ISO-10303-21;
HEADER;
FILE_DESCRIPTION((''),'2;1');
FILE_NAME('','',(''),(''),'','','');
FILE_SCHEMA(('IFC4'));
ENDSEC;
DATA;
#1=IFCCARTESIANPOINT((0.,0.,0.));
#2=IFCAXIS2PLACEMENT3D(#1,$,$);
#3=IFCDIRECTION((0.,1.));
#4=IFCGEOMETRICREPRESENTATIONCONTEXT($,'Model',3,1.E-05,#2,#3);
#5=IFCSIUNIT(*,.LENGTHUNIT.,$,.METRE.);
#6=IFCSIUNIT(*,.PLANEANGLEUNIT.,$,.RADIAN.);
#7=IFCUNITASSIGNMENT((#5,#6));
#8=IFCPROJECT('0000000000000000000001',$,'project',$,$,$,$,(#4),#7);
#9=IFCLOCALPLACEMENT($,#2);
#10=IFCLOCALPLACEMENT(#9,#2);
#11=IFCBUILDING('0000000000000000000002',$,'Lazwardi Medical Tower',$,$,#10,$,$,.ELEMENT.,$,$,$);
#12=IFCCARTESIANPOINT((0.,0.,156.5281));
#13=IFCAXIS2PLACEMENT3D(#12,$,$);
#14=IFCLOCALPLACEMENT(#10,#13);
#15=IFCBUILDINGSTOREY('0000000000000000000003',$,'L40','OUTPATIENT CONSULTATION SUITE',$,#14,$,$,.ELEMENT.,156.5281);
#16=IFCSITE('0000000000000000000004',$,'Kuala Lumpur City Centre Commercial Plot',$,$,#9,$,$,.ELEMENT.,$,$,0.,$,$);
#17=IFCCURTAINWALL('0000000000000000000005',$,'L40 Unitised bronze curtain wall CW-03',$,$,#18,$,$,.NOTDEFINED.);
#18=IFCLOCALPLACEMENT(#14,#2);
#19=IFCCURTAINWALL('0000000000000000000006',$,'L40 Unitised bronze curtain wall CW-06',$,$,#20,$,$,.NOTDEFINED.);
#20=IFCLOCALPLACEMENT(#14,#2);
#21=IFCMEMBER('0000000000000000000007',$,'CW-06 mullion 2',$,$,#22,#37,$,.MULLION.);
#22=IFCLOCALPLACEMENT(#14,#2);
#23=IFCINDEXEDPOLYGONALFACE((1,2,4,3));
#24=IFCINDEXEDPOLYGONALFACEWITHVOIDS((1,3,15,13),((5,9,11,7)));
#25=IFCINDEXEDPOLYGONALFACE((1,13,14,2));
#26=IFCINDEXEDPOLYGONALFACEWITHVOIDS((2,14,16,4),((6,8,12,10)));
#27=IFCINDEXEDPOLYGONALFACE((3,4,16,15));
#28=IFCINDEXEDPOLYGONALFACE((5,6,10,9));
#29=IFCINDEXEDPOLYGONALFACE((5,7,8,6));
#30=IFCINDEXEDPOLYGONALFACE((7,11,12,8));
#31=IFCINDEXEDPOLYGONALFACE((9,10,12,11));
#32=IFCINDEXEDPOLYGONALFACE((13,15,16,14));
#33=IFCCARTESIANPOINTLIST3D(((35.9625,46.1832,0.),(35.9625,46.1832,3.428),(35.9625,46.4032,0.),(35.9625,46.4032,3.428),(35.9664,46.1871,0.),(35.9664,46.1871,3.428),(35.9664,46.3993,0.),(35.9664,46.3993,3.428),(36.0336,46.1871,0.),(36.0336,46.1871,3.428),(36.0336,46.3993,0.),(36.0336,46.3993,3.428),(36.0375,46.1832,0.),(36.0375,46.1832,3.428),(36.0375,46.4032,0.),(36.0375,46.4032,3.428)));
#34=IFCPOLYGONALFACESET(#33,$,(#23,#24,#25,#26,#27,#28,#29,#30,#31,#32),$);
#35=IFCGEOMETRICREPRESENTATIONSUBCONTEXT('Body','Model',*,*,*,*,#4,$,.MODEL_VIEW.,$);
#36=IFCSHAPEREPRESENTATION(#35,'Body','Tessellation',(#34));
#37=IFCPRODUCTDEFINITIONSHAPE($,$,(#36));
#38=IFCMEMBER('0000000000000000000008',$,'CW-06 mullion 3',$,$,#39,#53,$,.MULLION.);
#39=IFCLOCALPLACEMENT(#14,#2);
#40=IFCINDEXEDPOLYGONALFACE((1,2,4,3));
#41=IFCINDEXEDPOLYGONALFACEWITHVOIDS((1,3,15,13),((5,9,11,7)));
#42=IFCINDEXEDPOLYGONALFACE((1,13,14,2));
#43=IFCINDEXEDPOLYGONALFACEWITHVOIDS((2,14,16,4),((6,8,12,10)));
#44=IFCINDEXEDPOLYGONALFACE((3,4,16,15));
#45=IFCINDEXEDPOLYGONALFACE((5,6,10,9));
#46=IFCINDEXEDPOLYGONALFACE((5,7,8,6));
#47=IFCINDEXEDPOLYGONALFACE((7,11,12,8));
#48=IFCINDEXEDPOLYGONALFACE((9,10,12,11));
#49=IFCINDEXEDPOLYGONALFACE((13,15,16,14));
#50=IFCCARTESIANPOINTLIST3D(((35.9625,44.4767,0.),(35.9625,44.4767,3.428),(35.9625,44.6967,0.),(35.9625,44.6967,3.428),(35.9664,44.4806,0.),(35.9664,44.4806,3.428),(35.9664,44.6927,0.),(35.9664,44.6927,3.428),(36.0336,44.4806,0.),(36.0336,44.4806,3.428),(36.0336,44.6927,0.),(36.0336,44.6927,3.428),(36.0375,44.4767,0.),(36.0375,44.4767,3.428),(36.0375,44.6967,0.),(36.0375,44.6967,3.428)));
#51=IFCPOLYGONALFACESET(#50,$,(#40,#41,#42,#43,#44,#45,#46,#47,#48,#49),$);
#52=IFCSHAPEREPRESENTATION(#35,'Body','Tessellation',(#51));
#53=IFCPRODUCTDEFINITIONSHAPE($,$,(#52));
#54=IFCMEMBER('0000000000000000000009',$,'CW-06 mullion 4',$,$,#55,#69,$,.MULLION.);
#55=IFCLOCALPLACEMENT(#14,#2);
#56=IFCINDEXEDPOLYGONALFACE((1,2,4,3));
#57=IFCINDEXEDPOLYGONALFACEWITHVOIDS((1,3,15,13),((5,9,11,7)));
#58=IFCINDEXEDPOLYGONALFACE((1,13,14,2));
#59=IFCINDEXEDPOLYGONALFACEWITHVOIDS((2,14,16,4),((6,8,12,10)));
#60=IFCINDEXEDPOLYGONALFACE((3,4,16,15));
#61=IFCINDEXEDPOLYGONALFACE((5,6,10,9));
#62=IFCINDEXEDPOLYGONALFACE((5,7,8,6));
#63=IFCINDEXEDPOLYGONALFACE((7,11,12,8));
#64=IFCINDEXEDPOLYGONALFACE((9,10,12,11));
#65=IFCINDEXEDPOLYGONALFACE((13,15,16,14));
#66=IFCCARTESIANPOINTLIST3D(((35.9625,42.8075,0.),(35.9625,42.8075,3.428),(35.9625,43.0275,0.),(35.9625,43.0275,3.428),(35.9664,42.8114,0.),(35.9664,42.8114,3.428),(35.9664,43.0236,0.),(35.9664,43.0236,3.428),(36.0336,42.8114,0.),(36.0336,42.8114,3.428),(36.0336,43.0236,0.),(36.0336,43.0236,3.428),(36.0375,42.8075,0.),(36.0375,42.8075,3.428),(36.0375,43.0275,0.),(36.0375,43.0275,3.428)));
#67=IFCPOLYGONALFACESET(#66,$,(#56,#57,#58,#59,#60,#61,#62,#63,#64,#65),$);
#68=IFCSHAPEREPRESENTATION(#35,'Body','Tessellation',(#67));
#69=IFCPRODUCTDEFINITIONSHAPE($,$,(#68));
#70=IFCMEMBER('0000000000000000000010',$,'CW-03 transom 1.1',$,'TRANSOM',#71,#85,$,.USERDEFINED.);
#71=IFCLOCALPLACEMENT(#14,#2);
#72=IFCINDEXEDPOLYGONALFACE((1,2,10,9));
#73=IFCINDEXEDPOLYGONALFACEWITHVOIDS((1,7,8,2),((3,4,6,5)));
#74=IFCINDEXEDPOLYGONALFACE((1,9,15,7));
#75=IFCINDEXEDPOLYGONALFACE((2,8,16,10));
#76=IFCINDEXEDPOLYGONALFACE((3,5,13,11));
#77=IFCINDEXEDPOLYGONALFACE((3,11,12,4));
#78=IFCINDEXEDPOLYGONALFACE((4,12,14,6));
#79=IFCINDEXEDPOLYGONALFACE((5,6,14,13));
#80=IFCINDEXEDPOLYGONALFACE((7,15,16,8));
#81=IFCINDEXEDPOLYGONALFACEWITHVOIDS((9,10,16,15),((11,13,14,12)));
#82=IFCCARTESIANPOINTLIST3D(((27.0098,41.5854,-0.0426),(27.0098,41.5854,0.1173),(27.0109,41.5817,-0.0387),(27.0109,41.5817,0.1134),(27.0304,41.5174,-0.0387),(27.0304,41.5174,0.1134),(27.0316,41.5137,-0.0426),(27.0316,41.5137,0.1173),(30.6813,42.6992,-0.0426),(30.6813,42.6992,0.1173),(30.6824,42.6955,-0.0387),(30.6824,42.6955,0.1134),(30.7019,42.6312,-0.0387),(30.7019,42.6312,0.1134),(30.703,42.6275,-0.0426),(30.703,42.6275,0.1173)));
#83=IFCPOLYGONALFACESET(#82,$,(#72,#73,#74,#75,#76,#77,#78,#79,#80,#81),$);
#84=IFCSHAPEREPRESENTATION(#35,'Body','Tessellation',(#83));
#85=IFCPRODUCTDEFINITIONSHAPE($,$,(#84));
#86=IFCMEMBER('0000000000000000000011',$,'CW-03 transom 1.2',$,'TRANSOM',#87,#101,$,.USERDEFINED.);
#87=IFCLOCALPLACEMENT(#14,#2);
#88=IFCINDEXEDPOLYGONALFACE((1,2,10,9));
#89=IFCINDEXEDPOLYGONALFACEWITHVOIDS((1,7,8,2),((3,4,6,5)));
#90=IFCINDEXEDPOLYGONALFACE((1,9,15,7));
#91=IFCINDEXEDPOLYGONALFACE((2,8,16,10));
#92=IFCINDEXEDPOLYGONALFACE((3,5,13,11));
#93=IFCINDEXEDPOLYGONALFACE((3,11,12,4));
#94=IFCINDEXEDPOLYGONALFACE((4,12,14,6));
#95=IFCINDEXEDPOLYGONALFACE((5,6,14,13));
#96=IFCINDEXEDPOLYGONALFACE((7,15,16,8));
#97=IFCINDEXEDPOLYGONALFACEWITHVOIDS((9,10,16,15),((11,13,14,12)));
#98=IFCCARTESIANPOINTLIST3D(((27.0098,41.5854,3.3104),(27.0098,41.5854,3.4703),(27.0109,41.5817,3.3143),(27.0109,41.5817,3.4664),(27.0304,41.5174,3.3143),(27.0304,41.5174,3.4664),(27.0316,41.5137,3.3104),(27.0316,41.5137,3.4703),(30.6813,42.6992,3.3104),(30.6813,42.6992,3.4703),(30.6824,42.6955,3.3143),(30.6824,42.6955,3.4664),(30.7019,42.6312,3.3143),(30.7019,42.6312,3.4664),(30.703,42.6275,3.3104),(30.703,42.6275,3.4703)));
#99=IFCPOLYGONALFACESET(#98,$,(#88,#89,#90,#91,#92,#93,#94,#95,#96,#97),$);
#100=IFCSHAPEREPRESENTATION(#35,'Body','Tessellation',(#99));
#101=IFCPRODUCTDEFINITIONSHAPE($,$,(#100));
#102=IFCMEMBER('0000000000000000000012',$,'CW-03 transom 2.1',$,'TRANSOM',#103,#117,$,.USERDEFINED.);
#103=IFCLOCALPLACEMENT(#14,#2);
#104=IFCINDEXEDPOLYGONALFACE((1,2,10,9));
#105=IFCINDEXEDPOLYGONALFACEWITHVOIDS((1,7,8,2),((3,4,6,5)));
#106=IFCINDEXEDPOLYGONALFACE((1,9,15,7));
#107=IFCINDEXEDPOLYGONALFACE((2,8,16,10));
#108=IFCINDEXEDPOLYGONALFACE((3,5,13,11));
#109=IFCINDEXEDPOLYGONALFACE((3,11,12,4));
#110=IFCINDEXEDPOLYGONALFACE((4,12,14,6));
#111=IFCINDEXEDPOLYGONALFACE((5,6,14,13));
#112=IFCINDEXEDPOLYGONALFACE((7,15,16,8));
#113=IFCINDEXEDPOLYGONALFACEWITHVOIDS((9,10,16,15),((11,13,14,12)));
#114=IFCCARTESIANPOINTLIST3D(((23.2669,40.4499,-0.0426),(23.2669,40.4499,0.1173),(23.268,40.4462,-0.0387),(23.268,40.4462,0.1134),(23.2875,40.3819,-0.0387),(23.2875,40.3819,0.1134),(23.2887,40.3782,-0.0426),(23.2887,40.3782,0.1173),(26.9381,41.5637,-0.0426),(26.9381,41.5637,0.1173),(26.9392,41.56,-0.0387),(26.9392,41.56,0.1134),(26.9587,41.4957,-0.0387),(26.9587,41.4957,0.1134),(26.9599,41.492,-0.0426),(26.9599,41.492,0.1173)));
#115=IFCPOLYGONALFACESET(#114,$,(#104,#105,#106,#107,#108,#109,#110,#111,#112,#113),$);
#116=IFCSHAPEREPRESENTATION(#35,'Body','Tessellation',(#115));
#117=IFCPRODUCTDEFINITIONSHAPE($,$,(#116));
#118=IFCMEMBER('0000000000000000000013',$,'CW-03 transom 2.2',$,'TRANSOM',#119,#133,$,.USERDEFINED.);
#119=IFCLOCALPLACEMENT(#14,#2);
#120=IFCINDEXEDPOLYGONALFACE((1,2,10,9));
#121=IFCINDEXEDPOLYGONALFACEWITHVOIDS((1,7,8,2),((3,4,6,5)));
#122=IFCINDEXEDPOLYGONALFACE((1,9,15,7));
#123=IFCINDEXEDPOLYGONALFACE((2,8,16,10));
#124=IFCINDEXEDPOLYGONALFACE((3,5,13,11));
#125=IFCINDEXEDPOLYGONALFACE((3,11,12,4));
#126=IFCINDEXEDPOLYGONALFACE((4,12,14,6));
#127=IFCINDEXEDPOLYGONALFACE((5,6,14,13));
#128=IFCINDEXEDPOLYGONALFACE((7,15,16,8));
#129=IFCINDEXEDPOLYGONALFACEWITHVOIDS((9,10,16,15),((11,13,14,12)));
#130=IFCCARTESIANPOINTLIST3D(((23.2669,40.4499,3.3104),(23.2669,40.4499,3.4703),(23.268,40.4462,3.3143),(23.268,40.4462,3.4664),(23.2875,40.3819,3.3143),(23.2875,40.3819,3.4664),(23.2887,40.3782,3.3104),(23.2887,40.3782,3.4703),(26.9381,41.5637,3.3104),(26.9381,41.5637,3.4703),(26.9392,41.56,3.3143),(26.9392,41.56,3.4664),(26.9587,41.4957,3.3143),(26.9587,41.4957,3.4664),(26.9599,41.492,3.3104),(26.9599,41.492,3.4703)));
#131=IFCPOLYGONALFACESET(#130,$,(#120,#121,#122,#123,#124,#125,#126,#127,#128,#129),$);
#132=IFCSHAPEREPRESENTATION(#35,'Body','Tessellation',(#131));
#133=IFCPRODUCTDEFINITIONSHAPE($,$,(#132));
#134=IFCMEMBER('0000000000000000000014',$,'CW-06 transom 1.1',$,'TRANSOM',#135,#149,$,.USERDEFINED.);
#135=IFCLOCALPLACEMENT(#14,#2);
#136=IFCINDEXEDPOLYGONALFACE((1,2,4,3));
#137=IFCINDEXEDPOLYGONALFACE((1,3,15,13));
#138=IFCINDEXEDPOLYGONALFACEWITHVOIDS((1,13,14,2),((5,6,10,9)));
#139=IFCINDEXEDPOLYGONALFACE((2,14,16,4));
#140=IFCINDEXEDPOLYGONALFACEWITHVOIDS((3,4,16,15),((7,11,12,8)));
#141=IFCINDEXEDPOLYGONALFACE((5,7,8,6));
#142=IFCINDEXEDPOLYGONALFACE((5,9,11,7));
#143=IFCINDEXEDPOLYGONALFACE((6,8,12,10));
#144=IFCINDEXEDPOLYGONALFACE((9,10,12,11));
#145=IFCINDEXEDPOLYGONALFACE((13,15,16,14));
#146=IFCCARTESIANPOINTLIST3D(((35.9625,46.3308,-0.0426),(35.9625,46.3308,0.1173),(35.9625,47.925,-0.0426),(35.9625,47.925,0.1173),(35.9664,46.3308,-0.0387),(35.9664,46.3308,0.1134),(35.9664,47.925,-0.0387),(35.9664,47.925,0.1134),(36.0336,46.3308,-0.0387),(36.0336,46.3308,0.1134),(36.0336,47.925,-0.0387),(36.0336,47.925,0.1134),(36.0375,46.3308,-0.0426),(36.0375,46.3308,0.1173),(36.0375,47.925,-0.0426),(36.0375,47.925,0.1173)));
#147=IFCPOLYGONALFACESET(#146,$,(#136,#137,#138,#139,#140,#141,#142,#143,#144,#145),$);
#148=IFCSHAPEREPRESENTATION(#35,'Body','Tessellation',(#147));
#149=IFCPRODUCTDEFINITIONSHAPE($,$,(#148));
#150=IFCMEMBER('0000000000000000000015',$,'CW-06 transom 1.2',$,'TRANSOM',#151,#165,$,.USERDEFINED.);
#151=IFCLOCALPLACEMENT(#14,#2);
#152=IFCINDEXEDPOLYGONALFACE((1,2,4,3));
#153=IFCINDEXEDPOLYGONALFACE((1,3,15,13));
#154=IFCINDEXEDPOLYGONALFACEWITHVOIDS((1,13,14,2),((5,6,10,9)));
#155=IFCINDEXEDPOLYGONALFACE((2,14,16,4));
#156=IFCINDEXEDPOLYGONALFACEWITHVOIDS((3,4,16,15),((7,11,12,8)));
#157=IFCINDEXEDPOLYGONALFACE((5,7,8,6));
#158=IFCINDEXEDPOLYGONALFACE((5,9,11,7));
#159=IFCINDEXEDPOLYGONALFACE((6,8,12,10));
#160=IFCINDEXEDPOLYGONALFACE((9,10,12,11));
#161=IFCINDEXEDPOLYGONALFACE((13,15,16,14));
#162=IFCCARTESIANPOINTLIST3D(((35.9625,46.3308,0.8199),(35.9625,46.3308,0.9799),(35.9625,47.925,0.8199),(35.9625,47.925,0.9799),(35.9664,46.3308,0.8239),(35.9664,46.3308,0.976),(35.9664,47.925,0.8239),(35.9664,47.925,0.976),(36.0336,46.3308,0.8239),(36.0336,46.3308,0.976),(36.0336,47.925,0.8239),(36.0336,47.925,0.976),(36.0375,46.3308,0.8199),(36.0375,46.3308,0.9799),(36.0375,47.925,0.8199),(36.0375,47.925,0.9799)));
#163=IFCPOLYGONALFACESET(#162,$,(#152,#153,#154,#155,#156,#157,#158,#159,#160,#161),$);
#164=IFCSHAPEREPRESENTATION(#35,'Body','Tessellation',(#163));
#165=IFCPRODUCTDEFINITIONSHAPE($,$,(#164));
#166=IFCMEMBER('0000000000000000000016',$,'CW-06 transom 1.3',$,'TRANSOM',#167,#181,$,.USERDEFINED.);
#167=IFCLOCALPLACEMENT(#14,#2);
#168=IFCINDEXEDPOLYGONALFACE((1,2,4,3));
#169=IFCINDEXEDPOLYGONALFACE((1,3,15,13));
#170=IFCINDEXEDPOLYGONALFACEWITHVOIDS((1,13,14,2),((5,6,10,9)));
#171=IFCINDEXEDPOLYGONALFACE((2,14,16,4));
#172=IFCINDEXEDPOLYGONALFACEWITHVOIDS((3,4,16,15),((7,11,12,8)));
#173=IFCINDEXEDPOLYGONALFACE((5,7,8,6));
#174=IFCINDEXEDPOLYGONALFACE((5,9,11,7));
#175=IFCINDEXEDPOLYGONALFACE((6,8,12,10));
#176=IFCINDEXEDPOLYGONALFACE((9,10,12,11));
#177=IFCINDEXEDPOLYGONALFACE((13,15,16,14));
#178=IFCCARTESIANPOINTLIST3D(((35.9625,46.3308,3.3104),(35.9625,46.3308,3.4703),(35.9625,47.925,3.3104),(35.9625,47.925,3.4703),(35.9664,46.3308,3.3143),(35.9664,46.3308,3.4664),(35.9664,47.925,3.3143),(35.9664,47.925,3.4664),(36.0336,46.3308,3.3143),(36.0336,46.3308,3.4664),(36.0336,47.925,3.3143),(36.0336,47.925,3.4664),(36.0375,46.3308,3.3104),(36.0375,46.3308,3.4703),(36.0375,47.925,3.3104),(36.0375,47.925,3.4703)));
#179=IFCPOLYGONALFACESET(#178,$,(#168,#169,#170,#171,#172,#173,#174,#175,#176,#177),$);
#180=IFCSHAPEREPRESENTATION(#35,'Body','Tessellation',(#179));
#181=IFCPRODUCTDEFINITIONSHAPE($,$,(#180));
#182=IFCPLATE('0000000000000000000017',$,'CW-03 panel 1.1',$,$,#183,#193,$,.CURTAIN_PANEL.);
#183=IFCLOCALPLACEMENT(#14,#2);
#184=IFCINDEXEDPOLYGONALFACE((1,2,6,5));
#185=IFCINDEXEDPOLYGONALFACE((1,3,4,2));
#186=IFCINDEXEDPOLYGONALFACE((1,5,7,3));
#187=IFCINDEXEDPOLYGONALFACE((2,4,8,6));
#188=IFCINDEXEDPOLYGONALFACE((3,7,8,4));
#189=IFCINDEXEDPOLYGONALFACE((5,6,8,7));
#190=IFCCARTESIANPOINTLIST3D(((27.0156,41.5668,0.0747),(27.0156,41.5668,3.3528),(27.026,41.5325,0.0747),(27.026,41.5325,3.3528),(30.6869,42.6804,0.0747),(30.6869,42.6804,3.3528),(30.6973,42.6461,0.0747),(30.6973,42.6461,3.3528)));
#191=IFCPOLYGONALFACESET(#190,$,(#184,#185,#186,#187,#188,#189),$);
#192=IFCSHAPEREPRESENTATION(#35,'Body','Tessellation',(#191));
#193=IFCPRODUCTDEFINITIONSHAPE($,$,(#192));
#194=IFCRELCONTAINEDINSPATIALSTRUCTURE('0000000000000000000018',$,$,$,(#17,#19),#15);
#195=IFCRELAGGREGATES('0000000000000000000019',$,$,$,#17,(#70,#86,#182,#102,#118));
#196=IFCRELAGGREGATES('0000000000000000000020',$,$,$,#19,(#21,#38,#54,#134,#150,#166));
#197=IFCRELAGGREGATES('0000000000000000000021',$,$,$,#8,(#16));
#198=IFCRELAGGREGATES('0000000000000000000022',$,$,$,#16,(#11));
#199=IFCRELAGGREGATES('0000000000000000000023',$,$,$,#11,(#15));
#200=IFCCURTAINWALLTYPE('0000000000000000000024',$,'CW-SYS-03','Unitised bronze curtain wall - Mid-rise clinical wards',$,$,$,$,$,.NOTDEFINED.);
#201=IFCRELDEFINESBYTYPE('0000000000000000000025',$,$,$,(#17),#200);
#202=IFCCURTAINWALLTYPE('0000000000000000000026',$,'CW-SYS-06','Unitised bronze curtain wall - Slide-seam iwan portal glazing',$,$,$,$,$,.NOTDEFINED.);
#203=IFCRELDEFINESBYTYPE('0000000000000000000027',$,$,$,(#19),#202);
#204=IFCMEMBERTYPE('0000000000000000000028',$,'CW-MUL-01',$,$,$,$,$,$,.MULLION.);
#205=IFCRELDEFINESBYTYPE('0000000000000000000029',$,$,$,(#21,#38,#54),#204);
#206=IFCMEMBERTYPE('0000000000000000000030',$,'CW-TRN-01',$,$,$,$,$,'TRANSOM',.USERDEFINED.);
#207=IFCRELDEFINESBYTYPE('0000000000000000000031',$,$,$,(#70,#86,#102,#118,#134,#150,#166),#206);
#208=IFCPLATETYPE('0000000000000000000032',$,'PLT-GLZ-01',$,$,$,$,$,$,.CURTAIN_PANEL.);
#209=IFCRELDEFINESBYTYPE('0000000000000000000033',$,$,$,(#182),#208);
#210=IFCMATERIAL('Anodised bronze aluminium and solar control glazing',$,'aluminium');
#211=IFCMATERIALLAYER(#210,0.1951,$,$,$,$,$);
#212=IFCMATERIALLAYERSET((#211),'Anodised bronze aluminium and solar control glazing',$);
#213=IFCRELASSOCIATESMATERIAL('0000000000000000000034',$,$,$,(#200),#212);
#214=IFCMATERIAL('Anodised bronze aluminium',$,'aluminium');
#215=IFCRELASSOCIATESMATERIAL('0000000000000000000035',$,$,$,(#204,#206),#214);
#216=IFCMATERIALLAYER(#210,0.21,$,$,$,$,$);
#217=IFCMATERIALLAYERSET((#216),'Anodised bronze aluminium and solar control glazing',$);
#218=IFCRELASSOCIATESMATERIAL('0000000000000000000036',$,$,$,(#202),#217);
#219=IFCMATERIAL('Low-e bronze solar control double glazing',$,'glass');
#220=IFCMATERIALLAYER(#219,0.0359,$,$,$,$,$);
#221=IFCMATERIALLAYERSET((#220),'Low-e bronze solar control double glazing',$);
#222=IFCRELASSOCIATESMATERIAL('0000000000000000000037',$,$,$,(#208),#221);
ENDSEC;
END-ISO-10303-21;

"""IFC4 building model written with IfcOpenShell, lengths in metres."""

from ifc_helpers import new_model, si_unit, direction, frame, origin, origin_2d, place, context, subcontext, project, spatial, rectangle, hollow_rectangle, extrude, material, layer, layer_set, material_profile, profile_set, type_object, element, aggregate, save


model = new_model("IFC4")

# Units and contexts
model_context = context("Model", 3, precision=1e-05, world=origin(), true_north=direction((0.0, 1.0)))
body_context = subcontext(model_context, "Body", "Model", "MODEL_VIEW")
ifc_project = project(units=[si_unit("LENGTHUNIT", "METRE"), si_unit("PLANEANGLEUNIT", "RADIAN")], contexts=[model_context])

# Site, building, storey
site_placement = place(None, origin())
site = spatial("IfcSite", under=ifc_project, at=site_placement, Name="Kuala Lumpur City Centre Commercial Plot", CompositionType="ELEMENT", RefElevation=0.0)
building_placement = place(site_placement, origin())
building = spatial("IfcBuilding", under=site, at=building_placement, Name="Lazwardi Medical Tower", CompositionType="ELEMENT")
storey_placement = place(building_placement, frame((0.0, 0.0, 156.5281)))
storey = spatial("IfcBuildingStorey", under=building, at=storey_placement, Name="L40", Description="OUTPATIENT CONSULTATION SUITE", CompositionType="ELEMENT", Elevation=156.5281)

# Curtain walls, members
ifc_material_1 = material(Name="Anodised bronze aluminium and solar control glazing", Category="aluminium")
ifc_layer_1 = layer(ifc_material_1, 0.1951)
ifc_layer_set_1 = layer_set([ifc_layer_1], Name="Anodised bronze aluminium and solar control glazing")
curtain_wall_type_1 = type_object("IfcCurtainWallType", Name="CW-SYS-03", Description="Unitised bronze curtain wall - Mid-rise clinical wards", PredefinedType="NOTDEFINED", material=ifc_layer_set_1)
curtain_wall_1_placement = place(storey_placement, origin())
curtain_wall_1 = element("IfcCurtainWall", 1, at=curtain_wall_1_placement, inside=storey, type_object=curtain_wall_type_1, Name="L40 Unitised bronze curtain wall CW-03", PredefinedType="NOTDEFINED")
ifc_material_2 = material(Name="Anodised bronze aluminium", Category="aluminium")
ifc_material_profile_1 = material_profile(ifc_material_2, hollow_rectangle(XDim=0.075, YDim=0.22, WallThickness=0.0039, at=origin_2d()), Name="ALU-MULLION 220x75x4")
ifc_profile_set_1 = profile_set([ifc_material_profile_1], Name="Anodised bronze aluminium")
member_type_1 = type_object("IfcMemberType", Name="CW-MUL-01", PredefinedType="MULLION", material=ifc_profile_set_1)
ifc_layer_2 = layer(ifc_material_1, 0.21)
ifc_layer_set_2 = layer_set([ifc_layer_2], Name="Anodised bronze aluminium and solar control glazing")
curtain_wall_type_2 = type_object("IfcCurtainWallType", Name="CW-SYS-06", Description="Unitised bronze curtain wall - Slide-seam iwan portal glazing", PredefinedType="NOTDEFINED", material=ifc_layer_set_2)
curtain_wall_2_placement = place(storey_placement, origin())
curtain_wall_2 = element("IfcCurtainWall", 2, at=curtain_wall_2_placement, inside=storey, type_object=curtain_wall_type_2, Name="L40 Unitised bronze curtain wall CW-06", PredefinedType="NOTDEFINED")
member_1_placement = place(storey_placement, frame((36.0, 46.2932, 0.0), z_axis=(0.0, 0.0, 1.0), x_axis=(1.0, 0.0, 0.0)))
member_1 = element("IfcMember", 3, at=member_1_placement, type_object=member_type_1, Name="CW-06 mullion 2", PredefinedType="MULLION", context=body_context, shape_type="SweptSolid", body=[
    extrude(hollow_rectangle(XDim=0.075, YDim=0.22, WallThickness=0.0039, at=origin_2d()), origin(), (0.0, 0.0, 1.0), 3.428),
])
member_2_placement = place(storey_placement, frame((36.0, 44.5867, 0.0), z_axis=(0.0, 0.0, 1.0), x_axis=(1.0, 0.0, 0.0)))
member_2 = element("IfcMember", 4, at=member_2_placement, type_object=member_type_1, Name="CW-06 mullion 3", PredefinedType="MULLION", context=body_context, shape_type="SweptSolid", body=[
    extrude(hollow_rectangle(XDim=0.075, YDim=0.22, WallThickness=0.0039, at=origin_2d()), origin(), (0.0, 0.0, 1.0), 3.428),
])
member_3_placement = place(storey_placement, frame((36.0, 42.9175, 0.0), z_axis=(0.0, 0.0, 1.0), x_axis=(1.0, 0.0, 0.0)))
member_3 = element("IfcMember", 5, at=member_3_placement, type_object=member_type_1, Name="CW-06 mullion 4", PredefinedType="MULLION", context=body_context, shape_type="SweptSolid", body=[
    extrude(hollow_rectangle(XDim=0.075, YDim=0.22, WallThickness=0.0039, at=origin_2d()), origin(), (0.0, 0.0, 1.0), 3.428),
])

# Members
ifc_material_profile_2 = material_profile(ifc_material_2, hollow_rectangle(XDim=0.075, YDim=0.1599, WallThickness=0.0039, at=origin_2d()), Name="ALU-TRANSOM 160x75x4")
ifc_profile_set_2 = profile_set([ifc_material_profile_2], Name="Anodised bronze aluminium")
member_type_2 = type_object("IfcMemberType", Name="CW-TRN-01", ElementType="TRANSOM", PredefinedType="USERDEFINED", material=ifc_profile_set_2)
member_4_placement = place(storey_placement, frame((30.6921, 42.6633, 0.0374), z_axis=(-0.956936, -0.290301, 0.0), x_axis=(0.290301, -0.956936, 0.0)))
member_4 = element("IfcMember", 6, at=member_4_placement, type_object=member_type_2, Name="CW-03 transom 1.1", ObjectType="TRANSOM", PredefinedType="USERDEFINED", context=body_context, shape_type="SweptSolid", body=[
    extrude(hollow_rectangle(XDim=0.075, YDim=0.1599, WallThickness=0.0039, at=origin_2d()), origin(), (0.0, 0.0, 1.0), 3.8367),
])
member_5_placement = place(storey_placement, frame((30.6921, 42.6633, 3.3904), z_axis=(-0.956936, -0.290301, 0.0), x_axis=(0.290301, -0.956936, 0.0)))
member_5 = element("IfcMember", 7, at=member_5_placement, type_object=member_type_2, Name="CW-03 transom 1.2", ObjectType="TRANSOM", PredefinedType="USERDEFINED", context=body_context, shape_type="SweptSolid", body=[
    extrude(hollow_rectangle(XDim=0.075, YDim=0.1599, WallThickness=0.0039, at=origin_2d()), origin(), (0.0, 0.0, 1.0), 3.8367),
])
member_6_placement = place(storey_placement, frame((26.949, 41.5278, 0.0374), z_axis=(-0.95693, -0.290318, 0.0), x_axis=(0.290318, -0.95693, 0.0)))
member_6 = element("IfcMember", 8, at=member_6_placement, type_object=member_type_2, Name="CW-03 transom 2.1", ObjectType="TRANSOM", PredefinedType="USERDEFINED", context=body_context, shape_type="SweptSolid", body=[
    extrude(hollow_rectangle(XDim=0.075, YDim=0.1599, WallThickness=0.0039, at=origin_2d()), origin(), (0.0, 0.0, 1.0), 3.8364),
])
member_7_placement = place(storey_placement, frame((26.949, 41.5278, 3.3904), z_axis=(-0.95693, -0.290318, 0.0), x_axis=(0.290318, -0.95693, 0.0)))
member_7 = element("IfcMember", 9, at=member_7_placement, type_object=member_type_2, Name="CW-03 transom 2.2", ObjectType="TRANSOM", PredefinedType="USERDEFINED", context=body_context, shape_type="SweptSolid", body=[
    extrude(hollow_rectangle(XDim=0.075, YDim=0.1599, WallThickness=0.0039, at=origin_2d()), origin(), (0.0, 0.0, 1.0), 3.8364),
])
member_8_placement = place(storey_placement, frame((36.0, 47.925, 0.0374), z_axis=(0.0, -1.0, 0.0), x_axis=(1.0, 0.0, 0.0)))
member_8 = element("IfcMember", 10, at=member_8_placement, type_object=member_type_2, Name="CW-06 transom 1.1", ObjectType="TRANSOM", PredefinedType="USERDEFINED", context=body_context, shape_type="SweptSolid", body=[
    extrude(hollow_rectangle(XDim=0.075, YDim=0.1599, WallThickness=0.0039, at=origin_2d()), origin(), (0.0, 0.0, 1.0), 1.5942),
])
member_9_placement = place(storey_placement, frame((36.0, 47.925, 0.8999), z_axis=(0.0, -1.0, 0.0), x_axis=(1.0, 0.0, 0.0)))
member_9 = element("IfcMember", 11, at=member_9_placement, type_object=member_type_2, Name="CW-06 transom 1.2", ObjectType="TRANSOM", PredefinedType="USERDEFINED", context=body_context, shape_type="SweptSolid", body=[
    extrude(hollow_rectangle(XDim=0.075, YDim=0.1599, WallThickness=0.0039, at=origin_2d()), origin(), (0.0, 0.0, 1.0), 1.5942),
])
member_10_placement = place(storey_placement, frame((36.0, 47.925, 3.3904), z_axis=(0.0, -1.0, 0.0), x_axis=(1.0, 0.0, 0.0)))
member_10 = element("IfcMember", 12, at=member_10_placement, type_object=member_type_2, Name="CW-06 transom 1.3", ObjectType="TRANSOM", PredefinedType="USERDEFINED", context=body_context, shape_type="SweptSolid", body=[
    extrude(hollow_rectangle(XDim=0.075, YDim=0.1599, WallThickness=0.0039, at=origin_2d()), origin(), (0.0, 0.0, 1.0), 1.5942),
])

# Plate
ifc_material_3 = material(Name="Low-e bronze solar control double glazing", Category="glass")
ifc_layer_3 = layer(ifc_material_3, 0.0359)
ifc_layer_set_3 = layer_set([ifc_layer_3], Name="Low-e bronze solar control double glazing")
plate_type_1 = type_object("IfcPlateType", Name="PLT-GLZ-01", PredefinedType="CURTAIN_PANEL", material=ifc_layer_set_3)
plate_1_placement = place(storey_placement, frame((28.8564, 42.1064, 0.0747), z_axis=(0.0, 0.0, 1.0), x_axis=(-0.956942, -0.290281, 0.0)))
plate_1 = element("IfcPlate", 13, at=plate_1_placement, type_object=plate_type_1, Name="CW-03 panel 1.1", PredefinedType="CURTAIN_PANEL", context=body_context, shape_type="SweptSolid", body=[
    extrude(rectangle(XDim=3.8364, YDim=0.0359, at=origin_2d()), origin(), (0.0, 0.0, 1.0), 3.2781),
])
aggregate(curtain_wall_1, [member_4, member_5, plate_1, member_6, member_7])
aggregate(curtain_wall_2, [member_1, member_2, member_3, member_8, member_9, member_10])

save(model, "model.ifc")
